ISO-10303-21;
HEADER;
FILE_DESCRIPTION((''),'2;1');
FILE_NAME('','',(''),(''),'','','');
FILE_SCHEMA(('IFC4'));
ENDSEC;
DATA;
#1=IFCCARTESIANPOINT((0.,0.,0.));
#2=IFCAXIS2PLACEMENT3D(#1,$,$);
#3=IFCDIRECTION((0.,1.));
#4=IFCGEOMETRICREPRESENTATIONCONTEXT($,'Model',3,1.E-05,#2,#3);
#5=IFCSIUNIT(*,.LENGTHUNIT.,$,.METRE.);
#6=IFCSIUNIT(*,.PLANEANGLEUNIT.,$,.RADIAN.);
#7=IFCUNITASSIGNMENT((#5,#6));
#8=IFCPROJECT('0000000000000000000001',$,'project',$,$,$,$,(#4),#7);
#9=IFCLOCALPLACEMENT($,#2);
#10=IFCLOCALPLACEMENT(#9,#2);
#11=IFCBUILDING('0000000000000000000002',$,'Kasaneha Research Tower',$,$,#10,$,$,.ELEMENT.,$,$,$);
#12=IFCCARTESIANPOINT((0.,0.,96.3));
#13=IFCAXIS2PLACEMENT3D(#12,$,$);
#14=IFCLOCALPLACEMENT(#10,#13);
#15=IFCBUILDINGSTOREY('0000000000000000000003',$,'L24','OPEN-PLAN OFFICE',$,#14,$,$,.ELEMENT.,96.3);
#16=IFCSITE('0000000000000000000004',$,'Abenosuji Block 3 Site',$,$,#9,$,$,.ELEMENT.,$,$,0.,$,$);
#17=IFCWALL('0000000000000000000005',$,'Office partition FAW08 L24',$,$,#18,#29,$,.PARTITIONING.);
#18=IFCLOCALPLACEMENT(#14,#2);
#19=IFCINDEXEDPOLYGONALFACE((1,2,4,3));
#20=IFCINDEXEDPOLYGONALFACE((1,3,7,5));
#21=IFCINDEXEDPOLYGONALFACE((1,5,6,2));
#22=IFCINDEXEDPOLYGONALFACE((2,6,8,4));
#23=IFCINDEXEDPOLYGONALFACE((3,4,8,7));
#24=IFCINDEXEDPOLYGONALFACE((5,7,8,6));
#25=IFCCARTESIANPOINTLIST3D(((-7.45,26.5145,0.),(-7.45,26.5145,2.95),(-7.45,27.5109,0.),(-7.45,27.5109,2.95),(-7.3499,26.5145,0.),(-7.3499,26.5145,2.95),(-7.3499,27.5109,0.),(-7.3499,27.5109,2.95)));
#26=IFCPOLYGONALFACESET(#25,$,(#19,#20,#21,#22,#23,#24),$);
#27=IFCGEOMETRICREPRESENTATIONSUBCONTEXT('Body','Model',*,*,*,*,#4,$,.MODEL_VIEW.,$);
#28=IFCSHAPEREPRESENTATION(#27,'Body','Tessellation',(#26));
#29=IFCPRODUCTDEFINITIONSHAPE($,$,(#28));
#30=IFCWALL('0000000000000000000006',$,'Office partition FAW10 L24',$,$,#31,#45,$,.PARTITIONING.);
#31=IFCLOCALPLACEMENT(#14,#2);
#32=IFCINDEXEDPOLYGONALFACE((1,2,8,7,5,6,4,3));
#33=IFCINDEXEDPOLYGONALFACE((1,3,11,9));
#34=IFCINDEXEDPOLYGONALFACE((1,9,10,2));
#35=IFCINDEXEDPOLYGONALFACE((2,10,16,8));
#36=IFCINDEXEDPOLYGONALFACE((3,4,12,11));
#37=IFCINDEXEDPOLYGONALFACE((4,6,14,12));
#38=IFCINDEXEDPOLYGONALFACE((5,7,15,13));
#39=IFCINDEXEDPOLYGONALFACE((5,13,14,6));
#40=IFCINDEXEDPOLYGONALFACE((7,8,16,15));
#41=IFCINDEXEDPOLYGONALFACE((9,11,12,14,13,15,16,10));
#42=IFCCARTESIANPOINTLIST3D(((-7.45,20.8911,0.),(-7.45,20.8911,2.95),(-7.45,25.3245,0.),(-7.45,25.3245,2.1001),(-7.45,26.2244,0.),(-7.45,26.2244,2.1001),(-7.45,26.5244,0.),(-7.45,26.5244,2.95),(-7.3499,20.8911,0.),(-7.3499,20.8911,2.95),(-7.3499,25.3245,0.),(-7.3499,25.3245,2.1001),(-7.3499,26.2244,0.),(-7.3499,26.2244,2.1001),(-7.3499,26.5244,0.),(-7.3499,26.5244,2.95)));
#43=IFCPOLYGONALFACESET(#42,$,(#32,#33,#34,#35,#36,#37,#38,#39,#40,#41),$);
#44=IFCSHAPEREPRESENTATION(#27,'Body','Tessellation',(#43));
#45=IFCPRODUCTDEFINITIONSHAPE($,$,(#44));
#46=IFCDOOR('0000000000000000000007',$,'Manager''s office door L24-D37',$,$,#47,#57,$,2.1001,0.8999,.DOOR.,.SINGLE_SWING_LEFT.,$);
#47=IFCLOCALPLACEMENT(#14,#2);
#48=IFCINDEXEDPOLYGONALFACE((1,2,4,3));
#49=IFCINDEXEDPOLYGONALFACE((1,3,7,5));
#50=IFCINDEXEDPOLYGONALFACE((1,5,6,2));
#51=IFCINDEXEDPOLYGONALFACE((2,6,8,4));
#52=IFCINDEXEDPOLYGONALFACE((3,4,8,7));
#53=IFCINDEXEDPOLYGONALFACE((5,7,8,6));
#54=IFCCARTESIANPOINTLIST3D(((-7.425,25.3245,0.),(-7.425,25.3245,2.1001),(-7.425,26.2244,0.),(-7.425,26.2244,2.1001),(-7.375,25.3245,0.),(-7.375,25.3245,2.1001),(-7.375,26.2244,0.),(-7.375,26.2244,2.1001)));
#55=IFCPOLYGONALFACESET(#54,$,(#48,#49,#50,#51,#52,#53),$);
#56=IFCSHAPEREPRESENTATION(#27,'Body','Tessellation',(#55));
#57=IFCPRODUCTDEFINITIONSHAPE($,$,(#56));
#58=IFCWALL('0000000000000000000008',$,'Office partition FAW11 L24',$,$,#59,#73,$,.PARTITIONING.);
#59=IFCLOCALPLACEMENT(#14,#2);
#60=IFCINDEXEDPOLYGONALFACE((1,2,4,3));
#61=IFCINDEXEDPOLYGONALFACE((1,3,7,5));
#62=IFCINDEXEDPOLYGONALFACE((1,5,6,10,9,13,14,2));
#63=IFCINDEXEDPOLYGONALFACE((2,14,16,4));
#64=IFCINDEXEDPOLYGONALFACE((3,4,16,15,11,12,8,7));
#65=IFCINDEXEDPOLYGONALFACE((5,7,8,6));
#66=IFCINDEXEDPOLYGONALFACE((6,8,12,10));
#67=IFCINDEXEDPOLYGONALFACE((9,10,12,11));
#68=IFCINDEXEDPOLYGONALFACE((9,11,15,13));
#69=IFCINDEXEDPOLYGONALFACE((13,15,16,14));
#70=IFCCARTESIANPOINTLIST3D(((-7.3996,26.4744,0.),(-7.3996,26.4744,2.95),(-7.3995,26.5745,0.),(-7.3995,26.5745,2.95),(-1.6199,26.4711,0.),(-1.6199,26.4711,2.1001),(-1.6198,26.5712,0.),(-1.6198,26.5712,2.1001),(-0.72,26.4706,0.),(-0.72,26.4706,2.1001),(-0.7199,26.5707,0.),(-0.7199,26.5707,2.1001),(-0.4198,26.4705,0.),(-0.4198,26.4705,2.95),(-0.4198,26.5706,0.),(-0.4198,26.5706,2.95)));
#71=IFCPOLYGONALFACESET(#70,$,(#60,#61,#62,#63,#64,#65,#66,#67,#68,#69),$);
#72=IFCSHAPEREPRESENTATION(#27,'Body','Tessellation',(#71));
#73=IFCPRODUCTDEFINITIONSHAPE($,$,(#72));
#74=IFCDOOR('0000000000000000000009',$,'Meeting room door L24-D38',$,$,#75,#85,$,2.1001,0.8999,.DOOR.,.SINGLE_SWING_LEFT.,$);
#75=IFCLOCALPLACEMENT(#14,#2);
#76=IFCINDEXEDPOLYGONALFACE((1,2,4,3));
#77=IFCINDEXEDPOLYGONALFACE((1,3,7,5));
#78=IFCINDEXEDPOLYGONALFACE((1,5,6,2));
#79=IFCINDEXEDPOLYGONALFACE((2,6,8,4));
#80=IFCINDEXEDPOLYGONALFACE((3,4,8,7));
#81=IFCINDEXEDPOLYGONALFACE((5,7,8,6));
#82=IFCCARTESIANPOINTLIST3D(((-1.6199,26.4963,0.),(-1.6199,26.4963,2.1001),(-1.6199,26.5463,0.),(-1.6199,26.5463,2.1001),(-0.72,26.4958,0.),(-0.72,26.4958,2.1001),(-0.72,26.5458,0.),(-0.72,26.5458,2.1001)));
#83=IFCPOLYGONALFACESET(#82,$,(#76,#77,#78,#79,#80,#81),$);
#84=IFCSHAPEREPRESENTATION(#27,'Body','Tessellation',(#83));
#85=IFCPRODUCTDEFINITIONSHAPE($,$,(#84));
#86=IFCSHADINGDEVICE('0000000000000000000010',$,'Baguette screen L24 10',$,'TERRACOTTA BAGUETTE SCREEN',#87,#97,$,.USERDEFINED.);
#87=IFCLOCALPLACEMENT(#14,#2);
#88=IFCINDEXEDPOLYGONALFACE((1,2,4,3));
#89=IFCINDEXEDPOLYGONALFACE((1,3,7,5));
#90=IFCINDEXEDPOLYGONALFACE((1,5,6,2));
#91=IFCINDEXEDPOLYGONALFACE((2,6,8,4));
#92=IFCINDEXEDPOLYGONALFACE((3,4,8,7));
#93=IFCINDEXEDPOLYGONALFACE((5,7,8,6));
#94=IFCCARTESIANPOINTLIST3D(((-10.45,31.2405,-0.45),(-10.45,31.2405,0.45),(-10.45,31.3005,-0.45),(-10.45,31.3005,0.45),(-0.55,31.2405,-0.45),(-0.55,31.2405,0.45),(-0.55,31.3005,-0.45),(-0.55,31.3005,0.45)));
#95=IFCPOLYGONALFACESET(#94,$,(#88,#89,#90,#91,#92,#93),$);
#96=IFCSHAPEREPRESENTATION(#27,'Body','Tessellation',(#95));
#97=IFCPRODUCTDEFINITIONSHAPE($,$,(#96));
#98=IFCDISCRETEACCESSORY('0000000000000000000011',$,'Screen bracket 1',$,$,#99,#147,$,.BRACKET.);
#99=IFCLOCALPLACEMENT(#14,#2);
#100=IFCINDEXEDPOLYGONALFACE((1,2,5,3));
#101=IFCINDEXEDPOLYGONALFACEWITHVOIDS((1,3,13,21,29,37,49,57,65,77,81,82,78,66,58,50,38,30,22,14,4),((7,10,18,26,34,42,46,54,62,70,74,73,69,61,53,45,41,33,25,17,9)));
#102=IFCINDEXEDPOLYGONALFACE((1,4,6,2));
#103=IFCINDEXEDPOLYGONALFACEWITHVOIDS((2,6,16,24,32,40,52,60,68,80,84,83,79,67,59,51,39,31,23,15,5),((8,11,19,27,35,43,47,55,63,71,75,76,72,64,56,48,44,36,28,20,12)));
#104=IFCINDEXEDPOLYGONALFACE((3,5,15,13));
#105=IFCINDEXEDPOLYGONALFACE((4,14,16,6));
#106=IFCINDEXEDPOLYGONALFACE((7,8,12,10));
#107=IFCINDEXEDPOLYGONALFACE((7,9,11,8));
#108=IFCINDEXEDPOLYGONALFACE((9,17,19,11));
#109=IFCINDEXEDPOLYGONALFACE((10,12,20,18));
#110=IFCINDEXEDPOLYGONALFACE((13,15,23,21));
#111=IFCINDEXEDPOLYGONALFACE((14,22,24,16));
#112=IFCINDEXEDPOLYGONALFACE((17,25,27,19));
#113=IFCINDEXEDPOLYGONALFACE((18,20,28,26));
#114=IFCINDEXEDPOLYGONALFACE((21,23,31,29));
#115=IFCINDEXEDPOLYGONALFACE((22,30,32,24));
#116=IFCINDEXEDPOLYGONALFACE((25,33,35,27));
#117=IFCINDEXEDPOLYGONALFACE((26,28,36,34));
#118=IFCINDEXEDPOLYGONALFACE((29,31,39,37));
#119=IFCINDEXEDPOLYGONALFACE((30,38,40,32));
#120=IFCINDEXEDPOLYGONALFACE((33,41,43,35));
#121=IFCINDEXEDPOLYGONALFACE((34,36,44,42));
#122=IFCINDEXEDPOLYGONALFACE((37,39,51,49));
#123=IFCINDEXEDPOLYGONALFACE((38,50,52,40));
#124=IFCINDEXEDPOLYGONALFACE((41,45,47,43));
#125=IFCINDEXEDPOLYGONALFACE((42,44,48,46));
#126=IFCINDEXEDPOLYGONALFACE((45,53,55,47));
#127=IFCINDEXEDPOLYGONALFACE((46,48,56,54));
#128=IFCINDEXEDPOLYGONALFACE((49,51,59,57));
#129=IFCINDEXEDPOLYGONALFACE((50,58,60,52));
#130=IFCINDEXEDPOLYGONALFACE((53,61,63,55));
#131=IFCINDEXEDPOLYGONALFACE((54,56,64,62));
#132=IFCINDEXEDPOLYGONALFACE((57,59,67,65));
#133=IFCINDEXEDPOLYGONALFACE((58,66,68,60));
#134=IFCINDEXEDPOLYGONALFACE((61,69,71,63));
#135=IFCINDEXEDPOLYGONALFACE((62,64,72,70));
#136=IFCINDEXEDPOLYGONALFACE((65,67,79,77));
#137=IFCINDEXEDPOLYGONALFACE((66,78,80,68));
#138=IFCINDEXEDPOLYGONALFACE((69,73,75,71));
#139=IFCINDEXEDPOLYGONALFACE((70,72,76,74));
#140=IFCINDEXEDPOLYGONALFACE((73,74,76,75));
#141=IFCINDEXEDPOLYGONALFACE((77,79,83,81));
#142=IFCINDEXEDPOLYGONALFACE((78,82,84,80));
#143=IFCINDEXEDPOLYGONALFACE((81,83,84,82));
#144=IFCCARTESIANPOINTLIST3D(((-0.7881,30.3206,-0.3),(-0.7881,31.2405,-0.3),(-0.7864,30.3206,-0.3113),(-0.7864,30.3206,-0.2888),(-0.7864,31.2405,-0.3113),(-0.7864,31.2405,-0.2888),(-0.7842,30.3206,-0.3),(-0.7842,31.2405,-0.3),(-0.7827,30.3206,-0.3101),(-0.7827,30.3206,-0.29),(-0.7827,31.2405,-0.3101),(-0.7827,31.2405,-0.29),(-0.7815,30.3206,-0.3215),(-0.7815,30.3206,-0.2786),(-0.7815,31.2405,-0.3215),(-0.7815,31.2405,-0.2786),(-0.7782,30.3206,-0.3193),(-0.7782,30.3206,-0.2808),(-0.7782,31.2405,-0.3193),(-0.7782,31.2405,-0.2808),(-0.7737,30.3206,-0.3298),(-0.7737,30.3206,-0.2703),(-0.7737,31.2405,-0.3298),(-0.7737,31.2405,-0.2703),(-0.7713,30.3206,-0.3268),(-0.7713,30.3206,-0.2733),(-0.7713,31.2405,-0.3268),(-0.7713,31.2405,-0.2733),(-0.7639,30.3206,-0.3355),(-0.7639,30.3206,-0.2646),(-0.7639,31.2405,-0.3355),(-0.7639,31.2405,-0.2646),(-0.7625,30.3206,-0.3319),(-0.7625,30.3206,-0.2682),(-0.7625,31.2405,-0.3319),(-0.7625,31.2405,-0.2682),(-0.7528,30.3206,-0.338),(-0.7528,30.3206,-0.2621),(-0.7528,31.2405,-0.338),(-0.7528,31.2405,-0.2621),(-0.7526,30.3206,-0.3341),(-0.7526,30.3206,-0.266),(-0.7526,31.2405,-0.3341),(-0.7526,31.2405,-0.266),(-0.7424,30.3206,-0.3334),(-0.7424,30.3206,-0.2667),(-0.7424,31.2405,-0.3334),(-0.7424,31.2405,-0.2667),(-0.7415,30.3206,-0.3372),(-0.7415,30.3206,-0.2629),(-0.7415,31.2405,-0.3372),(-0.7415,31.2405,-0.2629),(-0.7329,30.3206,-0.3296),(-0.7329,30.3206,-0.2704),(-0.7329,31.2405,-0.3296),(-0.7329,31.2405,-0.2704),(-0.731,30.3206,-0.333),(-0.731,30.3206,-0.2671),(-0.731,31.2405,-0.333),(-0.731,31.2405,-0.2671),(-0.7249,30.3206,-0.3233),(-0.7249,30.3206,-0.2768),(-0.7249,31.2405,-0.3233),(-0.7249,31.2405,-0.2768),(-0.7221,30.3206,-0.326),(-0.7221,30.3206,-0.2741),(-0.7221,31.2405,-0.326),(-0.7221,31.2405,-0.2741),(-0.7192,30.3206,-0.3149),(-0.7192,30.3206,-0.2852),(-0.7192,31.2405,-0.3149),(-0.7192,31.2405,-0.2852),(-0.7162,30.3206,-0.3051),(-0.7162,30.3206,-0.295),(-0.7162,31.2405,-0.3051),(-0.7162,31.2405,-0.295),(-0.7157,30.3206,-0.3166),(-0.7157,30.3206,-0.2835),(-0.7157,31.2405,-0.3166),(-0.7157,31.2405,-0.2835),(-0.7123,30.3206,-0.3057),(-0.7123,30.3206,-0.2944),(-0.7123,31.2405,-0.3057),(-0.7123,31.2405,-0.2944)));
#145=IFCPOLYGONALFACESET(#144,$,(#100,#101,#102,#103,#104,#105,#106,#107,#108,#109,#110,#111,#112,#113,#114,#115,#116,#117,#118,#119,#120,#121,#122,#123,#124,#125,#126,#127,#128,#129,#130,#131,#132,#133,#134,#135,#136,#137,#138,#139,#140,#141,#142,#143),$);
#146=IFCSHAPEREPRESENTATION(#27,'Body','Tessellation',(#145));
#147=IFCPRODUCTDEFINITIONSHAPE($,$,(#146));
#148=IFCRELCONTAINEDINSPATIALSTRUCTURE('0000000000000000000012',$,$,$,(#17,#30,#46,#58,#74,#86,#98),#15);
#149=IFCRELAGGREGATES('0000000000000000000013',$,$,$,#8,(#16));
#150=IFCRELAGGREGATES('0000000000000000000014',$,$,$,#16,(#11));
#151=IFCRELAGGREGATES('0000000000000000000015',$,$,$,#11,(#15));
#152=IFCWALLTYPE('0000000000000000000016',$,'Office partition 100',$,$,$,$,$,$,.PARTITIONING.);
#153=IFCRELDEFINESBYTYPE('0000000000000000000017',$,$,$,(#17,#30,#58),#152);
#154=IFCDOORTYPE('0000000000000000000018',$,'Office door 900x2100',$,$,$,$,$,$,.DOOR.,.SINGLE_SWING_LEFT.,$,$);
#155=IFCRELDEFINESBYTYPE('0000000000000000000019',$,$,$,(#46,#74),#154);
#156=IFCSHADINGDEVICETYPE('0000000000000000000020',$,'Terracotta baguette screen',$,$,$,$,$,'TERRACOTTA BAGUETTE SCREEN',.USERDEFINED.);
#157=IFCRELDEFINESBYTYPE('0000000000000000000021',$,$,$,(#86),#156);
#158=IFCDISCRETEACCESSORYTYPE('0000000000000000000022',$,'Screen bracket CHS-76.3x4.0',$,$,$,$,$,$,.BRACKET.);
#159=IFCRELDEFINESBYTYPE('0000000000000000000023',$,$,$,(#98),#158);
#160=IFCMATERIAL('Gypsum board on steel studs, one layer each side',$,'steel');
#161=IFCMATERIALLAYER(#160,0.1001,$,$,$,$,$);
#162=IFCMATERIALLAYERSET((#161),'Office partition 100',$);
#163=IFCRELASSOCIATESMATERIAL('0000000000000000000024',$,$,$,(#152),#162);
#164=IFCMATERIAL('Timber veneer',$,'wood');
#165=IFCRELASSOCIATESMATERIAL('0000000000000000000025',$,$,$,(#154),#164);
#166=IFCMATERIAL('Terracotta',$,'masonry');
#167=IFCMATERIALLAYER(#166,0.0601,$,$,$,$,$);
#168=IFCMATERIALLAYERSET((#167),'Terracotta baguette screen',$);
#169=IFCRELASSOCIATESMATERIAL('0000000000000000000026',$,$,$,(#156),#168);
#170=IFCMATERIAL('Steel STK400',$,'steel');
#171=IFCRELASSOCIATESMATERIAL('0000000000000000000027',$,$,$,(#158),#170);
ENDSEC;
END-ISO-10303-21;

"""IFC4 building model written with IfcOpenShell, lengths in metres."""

from ifc_helpers import new_model, si_unit, direction, frame, frame_2d, origin, origin_2d, place, context, subcontext, project, spatial, rectangle, hollow_circle, extrude, material, layer, layer_set, material_profile, profile_set, type_object, element, fill, save


model = new_model("IFC4")

# Units and contexts
model_context = context("Model", 3, precision=1e-05, world=origin(), true_north=direction((0.0, 1.0)))
body_context = subcontext(model_context, "Body", "Model", "MODEL_VIEW")
ifc_project = project(units=[si_unit("LENGTHUNIT", "METRE"), si_unit("PLANEANGLEUNIT", "RADIAN")], contexts=[model_context])

# Site, building, storey
site_placement = place(None, origin())
site = spatial("IfcSite", under=ifc_project, at=site_placement, Name="Abenosuji Block 3 Site", CompositionType="ELEMENT", RefElevation=0.0)
building_placement = place(site_placement, origin())
building = spatial("IfcBuilding", under=site, at=building_placement, Name="Kasaneha Research Tower", CompositionType="ELEMENT")
storey_placement = place(building_placement, frame((0.0, 0.0, 96.3)))
storey = spatial("IfcBuildingStorey", under=building, at=storey_placement, Name="L24", Description="OPEN-PLAN OFFICE", CompositionType="ELEMENT", Elevation=96.3)

# Wall
ifc_material_1 = material(Name="Gypsum board on steel studs, one layer each side", Category="steel")
ifc_layer_1 = layer(ifc_material_1, 0.1001)
ifc_layer_set_1 = layer_set([ifc_layer_1], Name="Office partition 100")
wall_type = type_object("IfcWallType", Name="Office partition 100", PredefinedType="PARTITIONING", material=ifc_layer_set_1)
wall_1_placement = place(storey_placement, frame((-7.3999, 27.5107, 0.0), z_axis=(0.0, 0.0, 1.0), x_axis=(0.0, -1.0, 0.0)))
element("IfcWall", 1, at=wall_1_placement, inside=storey, type_object=wall_type, Name="Office partition FAW08 L24", PredefinedType="PARTITIONING", context=body_context, shape_type="SweptSolid", body=[
    extrude(rectangle(XDim=0.9963, YDim=0.1001, at=frame_2d((0.498, 0.0))), origin(), (0.0, 0.0, 1.0), 2.95),
])

# Walls, openings, doors
wall_2_placement = place(storey_placement, frame((-7.3999, 26.5244, 0.0), z_axis=(0.0, 0.0, 1.0), x_axis=(0.0, -1.0, 0.0)))
wall_2 = element("IfcWall", 2, at=wall_2_placement, inside=storey, type_object=wall_type, Name="Office partition FAW10 L24", PredefinedType="PARTITIONING", context=body_context, shape_type="SweptSolid", body=[
    extrude(rectangle(XDim=5.6333, YDim=0.1001, at=frame_2d((2.8167, 0.0))), origin(), (0.0, 0.0, 1.0), 2.95),
])
opening_1_placement = place(wall_2_placement, frame((0.3, 0.0, 0.0)))
opening_1 = element("IfcOpeningElement", 3, at=opening_1_placement, cuts=wall_2, PredefinedType="OPENING", context=body_context, shape_type="SweptSolid", body=[
    extrude(rectangle(XDim=0.8999, YDim=2.1001, at=frame_2d((0.45, 1.05))), frame((0.0, 0.0601, 0.0), z_axis=(0.0, -1.0, 0.0), x_axis=(1.0, 0.0, 0.0)), (0.0, 0.0, 1.0), 0.1201),
])
ifc_material_2 = material(Name="Timber veneer", Category="wood")
door_type = type_object("IfcDoorType", Name="Office door 900x2100", OperationType="SINGLE_SWING_LEFT", PredefinedType="DOOR", material=ifc_material_2)
door_1_placement = place(opening_1_placement, origin())
door_1 = element("IfcDoor", 4, at=door_1_placement, inside=storey, type_object=door_type, Name="Manager's office door L24-D37", OperationType="SINGLE_SWING_LEFT", OverallHeight=2.1001, OverallWidth=0.8999, PredefinedType="DOOR", context=body_context, shape_type="SweptSolid", body=[
    extrude(rectangle(XDim=0.8999, YDim=2.1001, at=frame_2d((0.45, 1.05))), frame((0.0, 0.0249, 0.0), z_axis=(0.0, -1.0, 0.0), x_axis=(1.0, 0.0, 0.0)), (0.0, 0.0, 1.0), 0.05),
])
fill(opening_1, door_1)
wall_3_placement = place(storey_placement, frame((-0.4199, 26.5205, 0.0), z_axis=(0.0, 0.0, 1.0), x_axis=(-1.0, 0.00056, 0.0)))
wall_3 = element("IfcWall", 5, at=wall_3_placement, inside=storey, type_object=wall_type, Name="Office partition FAW11 L24", PredefinedType="PARTITIONING", context=body_context, shape_type="SweptSolid", body=[
    extrude(rectangle(XDim=6.9797, YDim=0.1001, at=frame_2d((3.4897, 0.0))), origin(), (0.0, 0.0, 1.0), 2.95),
])
opening_2_placement = place(wall_3_placement, frame((0.3, 0.0, 0.0)))
opening_2 = element("IfcOpeningElement", 6, at=opening_2_placement, cuts=wall_3, PredefinedType="OPENING", context=body_context, shape_type="SweptSolid", body=[
    extrude(rectangle(XDim=0.8999, YDim=2.1001, at=frame_2d((0.45, 1.05))), frame((0.0, 0.0601, 0.0), z_axis=(0.0, -1.0, 0.0), x_axis=(1.0, 0.0, 0.0)), (0.0, 0.0, 1.0), 0.1201),
])
door_2_placement = place(opening_2_placement, origin())
door_2 = element("IfcDoor", 7, at=door_2_placement, inside=storey, type_object=door_type, Name="Meeting room door L24-D38", OperationType="SINGLE_SWING_LEFT", OverallHeight=2.1001, OverallWidth=0.8999, PredefinedType="DOOR", context=body_context, shape_type="SweptSolid", body=[
    extrude(rectangle(XDim=0.8999, YDim=2.1001, at=frame_2d((0.45, 1.05))), frame((0.0, 0.0249, 0.0), z_axis=(0.0, -1.0, 0.0), x_axis=(1.0, 0.0, 0.0)), (0.0, 0.0, 1.0), 0.05),
])
fill(opening_2, door_2)

# Shading device
ifc_material_3 = material(Name="Terracotta", Category="masonry")
ifc_layer_2 = layer(ifc_material_3, 0.0601)
ifc_layer_set_2 = layer_set([ifc_layer_2], Name="Terracotta baguette screen")
shading_device_type = type_object("IfcShadingDeviceType", Name="Terracotta baguette screen", ElementType="TERRACOTTA BAGUETTE SCREEN", PredefinedType="USERDEFINED", material=ifc_layer_set_2)
shading_device_placement = place(storey_placement, frame((-5.5, 31.2705, -0.45), z_axis=(0.0, 0.0, 1.0), x_axis=(-1.0, 0.0, 0.0)))
element("IfcShadingDevice", 8, at=shading_device_placement, inside=storey, type_object=shading_device_type, Name="Baguette screen L24 10", ObjectType="TERRACOTTA BAGUETTE SCREEN", PredefinedType="USERDEFINED", context=body_context, shape_type="SweptSolid", body=[
    extrude(rectangle(XDim=9.8999, YDim=0.0601, at=origin_2d()), origin(), (0.0, 0.0, 1.0), 0.8999),
])

# Discrete accessory
ifc_material_4 = material(Name="Steel STK400", Category="steel")
ifc_material_profile_1 = material_profile(ifc_material_4, hollow_circle(Radius=0.0381, WallThickness=0.0039, at=origin_2d()), Name="CHS-76.3x4.0")
ifc_profile_set_1 = profile_set([ifc_material_profile_1], Name="Steel STK400")
discrete_accessory_type = type_object("IfcDiscreteAccessoryType", Name="Screen bracket CHS-76.3x4.0", PredefinedType="BRACKET", material=ifc_profile_set_1)
for number, where, z_axis, x_axis, name in (
    (9, (-0.75, 30.3206, -0.3), (0.0, 1.0, 0.0), (-1.0, 0.0, 0.0), "Screen bracket 1"),
):
    element("IfcDiscreteAccessory", number, at=place(storey_placement, frame(where, z_axis=z_axis, x_axis=x_axis)), inside=storey, type_object=discrete_accessory_type, Name=name, PredefinedType="BRACKET", context=body_context, shape_type="SweptSolid", body=[
        extrude(hollow_circle(Radius=0.0381, WallThickness=0.0039, at=origin_2d()), origin(), (0.0, 0.0, 1.0), 0.9199),
    ])

save(model, "model.ifc")
